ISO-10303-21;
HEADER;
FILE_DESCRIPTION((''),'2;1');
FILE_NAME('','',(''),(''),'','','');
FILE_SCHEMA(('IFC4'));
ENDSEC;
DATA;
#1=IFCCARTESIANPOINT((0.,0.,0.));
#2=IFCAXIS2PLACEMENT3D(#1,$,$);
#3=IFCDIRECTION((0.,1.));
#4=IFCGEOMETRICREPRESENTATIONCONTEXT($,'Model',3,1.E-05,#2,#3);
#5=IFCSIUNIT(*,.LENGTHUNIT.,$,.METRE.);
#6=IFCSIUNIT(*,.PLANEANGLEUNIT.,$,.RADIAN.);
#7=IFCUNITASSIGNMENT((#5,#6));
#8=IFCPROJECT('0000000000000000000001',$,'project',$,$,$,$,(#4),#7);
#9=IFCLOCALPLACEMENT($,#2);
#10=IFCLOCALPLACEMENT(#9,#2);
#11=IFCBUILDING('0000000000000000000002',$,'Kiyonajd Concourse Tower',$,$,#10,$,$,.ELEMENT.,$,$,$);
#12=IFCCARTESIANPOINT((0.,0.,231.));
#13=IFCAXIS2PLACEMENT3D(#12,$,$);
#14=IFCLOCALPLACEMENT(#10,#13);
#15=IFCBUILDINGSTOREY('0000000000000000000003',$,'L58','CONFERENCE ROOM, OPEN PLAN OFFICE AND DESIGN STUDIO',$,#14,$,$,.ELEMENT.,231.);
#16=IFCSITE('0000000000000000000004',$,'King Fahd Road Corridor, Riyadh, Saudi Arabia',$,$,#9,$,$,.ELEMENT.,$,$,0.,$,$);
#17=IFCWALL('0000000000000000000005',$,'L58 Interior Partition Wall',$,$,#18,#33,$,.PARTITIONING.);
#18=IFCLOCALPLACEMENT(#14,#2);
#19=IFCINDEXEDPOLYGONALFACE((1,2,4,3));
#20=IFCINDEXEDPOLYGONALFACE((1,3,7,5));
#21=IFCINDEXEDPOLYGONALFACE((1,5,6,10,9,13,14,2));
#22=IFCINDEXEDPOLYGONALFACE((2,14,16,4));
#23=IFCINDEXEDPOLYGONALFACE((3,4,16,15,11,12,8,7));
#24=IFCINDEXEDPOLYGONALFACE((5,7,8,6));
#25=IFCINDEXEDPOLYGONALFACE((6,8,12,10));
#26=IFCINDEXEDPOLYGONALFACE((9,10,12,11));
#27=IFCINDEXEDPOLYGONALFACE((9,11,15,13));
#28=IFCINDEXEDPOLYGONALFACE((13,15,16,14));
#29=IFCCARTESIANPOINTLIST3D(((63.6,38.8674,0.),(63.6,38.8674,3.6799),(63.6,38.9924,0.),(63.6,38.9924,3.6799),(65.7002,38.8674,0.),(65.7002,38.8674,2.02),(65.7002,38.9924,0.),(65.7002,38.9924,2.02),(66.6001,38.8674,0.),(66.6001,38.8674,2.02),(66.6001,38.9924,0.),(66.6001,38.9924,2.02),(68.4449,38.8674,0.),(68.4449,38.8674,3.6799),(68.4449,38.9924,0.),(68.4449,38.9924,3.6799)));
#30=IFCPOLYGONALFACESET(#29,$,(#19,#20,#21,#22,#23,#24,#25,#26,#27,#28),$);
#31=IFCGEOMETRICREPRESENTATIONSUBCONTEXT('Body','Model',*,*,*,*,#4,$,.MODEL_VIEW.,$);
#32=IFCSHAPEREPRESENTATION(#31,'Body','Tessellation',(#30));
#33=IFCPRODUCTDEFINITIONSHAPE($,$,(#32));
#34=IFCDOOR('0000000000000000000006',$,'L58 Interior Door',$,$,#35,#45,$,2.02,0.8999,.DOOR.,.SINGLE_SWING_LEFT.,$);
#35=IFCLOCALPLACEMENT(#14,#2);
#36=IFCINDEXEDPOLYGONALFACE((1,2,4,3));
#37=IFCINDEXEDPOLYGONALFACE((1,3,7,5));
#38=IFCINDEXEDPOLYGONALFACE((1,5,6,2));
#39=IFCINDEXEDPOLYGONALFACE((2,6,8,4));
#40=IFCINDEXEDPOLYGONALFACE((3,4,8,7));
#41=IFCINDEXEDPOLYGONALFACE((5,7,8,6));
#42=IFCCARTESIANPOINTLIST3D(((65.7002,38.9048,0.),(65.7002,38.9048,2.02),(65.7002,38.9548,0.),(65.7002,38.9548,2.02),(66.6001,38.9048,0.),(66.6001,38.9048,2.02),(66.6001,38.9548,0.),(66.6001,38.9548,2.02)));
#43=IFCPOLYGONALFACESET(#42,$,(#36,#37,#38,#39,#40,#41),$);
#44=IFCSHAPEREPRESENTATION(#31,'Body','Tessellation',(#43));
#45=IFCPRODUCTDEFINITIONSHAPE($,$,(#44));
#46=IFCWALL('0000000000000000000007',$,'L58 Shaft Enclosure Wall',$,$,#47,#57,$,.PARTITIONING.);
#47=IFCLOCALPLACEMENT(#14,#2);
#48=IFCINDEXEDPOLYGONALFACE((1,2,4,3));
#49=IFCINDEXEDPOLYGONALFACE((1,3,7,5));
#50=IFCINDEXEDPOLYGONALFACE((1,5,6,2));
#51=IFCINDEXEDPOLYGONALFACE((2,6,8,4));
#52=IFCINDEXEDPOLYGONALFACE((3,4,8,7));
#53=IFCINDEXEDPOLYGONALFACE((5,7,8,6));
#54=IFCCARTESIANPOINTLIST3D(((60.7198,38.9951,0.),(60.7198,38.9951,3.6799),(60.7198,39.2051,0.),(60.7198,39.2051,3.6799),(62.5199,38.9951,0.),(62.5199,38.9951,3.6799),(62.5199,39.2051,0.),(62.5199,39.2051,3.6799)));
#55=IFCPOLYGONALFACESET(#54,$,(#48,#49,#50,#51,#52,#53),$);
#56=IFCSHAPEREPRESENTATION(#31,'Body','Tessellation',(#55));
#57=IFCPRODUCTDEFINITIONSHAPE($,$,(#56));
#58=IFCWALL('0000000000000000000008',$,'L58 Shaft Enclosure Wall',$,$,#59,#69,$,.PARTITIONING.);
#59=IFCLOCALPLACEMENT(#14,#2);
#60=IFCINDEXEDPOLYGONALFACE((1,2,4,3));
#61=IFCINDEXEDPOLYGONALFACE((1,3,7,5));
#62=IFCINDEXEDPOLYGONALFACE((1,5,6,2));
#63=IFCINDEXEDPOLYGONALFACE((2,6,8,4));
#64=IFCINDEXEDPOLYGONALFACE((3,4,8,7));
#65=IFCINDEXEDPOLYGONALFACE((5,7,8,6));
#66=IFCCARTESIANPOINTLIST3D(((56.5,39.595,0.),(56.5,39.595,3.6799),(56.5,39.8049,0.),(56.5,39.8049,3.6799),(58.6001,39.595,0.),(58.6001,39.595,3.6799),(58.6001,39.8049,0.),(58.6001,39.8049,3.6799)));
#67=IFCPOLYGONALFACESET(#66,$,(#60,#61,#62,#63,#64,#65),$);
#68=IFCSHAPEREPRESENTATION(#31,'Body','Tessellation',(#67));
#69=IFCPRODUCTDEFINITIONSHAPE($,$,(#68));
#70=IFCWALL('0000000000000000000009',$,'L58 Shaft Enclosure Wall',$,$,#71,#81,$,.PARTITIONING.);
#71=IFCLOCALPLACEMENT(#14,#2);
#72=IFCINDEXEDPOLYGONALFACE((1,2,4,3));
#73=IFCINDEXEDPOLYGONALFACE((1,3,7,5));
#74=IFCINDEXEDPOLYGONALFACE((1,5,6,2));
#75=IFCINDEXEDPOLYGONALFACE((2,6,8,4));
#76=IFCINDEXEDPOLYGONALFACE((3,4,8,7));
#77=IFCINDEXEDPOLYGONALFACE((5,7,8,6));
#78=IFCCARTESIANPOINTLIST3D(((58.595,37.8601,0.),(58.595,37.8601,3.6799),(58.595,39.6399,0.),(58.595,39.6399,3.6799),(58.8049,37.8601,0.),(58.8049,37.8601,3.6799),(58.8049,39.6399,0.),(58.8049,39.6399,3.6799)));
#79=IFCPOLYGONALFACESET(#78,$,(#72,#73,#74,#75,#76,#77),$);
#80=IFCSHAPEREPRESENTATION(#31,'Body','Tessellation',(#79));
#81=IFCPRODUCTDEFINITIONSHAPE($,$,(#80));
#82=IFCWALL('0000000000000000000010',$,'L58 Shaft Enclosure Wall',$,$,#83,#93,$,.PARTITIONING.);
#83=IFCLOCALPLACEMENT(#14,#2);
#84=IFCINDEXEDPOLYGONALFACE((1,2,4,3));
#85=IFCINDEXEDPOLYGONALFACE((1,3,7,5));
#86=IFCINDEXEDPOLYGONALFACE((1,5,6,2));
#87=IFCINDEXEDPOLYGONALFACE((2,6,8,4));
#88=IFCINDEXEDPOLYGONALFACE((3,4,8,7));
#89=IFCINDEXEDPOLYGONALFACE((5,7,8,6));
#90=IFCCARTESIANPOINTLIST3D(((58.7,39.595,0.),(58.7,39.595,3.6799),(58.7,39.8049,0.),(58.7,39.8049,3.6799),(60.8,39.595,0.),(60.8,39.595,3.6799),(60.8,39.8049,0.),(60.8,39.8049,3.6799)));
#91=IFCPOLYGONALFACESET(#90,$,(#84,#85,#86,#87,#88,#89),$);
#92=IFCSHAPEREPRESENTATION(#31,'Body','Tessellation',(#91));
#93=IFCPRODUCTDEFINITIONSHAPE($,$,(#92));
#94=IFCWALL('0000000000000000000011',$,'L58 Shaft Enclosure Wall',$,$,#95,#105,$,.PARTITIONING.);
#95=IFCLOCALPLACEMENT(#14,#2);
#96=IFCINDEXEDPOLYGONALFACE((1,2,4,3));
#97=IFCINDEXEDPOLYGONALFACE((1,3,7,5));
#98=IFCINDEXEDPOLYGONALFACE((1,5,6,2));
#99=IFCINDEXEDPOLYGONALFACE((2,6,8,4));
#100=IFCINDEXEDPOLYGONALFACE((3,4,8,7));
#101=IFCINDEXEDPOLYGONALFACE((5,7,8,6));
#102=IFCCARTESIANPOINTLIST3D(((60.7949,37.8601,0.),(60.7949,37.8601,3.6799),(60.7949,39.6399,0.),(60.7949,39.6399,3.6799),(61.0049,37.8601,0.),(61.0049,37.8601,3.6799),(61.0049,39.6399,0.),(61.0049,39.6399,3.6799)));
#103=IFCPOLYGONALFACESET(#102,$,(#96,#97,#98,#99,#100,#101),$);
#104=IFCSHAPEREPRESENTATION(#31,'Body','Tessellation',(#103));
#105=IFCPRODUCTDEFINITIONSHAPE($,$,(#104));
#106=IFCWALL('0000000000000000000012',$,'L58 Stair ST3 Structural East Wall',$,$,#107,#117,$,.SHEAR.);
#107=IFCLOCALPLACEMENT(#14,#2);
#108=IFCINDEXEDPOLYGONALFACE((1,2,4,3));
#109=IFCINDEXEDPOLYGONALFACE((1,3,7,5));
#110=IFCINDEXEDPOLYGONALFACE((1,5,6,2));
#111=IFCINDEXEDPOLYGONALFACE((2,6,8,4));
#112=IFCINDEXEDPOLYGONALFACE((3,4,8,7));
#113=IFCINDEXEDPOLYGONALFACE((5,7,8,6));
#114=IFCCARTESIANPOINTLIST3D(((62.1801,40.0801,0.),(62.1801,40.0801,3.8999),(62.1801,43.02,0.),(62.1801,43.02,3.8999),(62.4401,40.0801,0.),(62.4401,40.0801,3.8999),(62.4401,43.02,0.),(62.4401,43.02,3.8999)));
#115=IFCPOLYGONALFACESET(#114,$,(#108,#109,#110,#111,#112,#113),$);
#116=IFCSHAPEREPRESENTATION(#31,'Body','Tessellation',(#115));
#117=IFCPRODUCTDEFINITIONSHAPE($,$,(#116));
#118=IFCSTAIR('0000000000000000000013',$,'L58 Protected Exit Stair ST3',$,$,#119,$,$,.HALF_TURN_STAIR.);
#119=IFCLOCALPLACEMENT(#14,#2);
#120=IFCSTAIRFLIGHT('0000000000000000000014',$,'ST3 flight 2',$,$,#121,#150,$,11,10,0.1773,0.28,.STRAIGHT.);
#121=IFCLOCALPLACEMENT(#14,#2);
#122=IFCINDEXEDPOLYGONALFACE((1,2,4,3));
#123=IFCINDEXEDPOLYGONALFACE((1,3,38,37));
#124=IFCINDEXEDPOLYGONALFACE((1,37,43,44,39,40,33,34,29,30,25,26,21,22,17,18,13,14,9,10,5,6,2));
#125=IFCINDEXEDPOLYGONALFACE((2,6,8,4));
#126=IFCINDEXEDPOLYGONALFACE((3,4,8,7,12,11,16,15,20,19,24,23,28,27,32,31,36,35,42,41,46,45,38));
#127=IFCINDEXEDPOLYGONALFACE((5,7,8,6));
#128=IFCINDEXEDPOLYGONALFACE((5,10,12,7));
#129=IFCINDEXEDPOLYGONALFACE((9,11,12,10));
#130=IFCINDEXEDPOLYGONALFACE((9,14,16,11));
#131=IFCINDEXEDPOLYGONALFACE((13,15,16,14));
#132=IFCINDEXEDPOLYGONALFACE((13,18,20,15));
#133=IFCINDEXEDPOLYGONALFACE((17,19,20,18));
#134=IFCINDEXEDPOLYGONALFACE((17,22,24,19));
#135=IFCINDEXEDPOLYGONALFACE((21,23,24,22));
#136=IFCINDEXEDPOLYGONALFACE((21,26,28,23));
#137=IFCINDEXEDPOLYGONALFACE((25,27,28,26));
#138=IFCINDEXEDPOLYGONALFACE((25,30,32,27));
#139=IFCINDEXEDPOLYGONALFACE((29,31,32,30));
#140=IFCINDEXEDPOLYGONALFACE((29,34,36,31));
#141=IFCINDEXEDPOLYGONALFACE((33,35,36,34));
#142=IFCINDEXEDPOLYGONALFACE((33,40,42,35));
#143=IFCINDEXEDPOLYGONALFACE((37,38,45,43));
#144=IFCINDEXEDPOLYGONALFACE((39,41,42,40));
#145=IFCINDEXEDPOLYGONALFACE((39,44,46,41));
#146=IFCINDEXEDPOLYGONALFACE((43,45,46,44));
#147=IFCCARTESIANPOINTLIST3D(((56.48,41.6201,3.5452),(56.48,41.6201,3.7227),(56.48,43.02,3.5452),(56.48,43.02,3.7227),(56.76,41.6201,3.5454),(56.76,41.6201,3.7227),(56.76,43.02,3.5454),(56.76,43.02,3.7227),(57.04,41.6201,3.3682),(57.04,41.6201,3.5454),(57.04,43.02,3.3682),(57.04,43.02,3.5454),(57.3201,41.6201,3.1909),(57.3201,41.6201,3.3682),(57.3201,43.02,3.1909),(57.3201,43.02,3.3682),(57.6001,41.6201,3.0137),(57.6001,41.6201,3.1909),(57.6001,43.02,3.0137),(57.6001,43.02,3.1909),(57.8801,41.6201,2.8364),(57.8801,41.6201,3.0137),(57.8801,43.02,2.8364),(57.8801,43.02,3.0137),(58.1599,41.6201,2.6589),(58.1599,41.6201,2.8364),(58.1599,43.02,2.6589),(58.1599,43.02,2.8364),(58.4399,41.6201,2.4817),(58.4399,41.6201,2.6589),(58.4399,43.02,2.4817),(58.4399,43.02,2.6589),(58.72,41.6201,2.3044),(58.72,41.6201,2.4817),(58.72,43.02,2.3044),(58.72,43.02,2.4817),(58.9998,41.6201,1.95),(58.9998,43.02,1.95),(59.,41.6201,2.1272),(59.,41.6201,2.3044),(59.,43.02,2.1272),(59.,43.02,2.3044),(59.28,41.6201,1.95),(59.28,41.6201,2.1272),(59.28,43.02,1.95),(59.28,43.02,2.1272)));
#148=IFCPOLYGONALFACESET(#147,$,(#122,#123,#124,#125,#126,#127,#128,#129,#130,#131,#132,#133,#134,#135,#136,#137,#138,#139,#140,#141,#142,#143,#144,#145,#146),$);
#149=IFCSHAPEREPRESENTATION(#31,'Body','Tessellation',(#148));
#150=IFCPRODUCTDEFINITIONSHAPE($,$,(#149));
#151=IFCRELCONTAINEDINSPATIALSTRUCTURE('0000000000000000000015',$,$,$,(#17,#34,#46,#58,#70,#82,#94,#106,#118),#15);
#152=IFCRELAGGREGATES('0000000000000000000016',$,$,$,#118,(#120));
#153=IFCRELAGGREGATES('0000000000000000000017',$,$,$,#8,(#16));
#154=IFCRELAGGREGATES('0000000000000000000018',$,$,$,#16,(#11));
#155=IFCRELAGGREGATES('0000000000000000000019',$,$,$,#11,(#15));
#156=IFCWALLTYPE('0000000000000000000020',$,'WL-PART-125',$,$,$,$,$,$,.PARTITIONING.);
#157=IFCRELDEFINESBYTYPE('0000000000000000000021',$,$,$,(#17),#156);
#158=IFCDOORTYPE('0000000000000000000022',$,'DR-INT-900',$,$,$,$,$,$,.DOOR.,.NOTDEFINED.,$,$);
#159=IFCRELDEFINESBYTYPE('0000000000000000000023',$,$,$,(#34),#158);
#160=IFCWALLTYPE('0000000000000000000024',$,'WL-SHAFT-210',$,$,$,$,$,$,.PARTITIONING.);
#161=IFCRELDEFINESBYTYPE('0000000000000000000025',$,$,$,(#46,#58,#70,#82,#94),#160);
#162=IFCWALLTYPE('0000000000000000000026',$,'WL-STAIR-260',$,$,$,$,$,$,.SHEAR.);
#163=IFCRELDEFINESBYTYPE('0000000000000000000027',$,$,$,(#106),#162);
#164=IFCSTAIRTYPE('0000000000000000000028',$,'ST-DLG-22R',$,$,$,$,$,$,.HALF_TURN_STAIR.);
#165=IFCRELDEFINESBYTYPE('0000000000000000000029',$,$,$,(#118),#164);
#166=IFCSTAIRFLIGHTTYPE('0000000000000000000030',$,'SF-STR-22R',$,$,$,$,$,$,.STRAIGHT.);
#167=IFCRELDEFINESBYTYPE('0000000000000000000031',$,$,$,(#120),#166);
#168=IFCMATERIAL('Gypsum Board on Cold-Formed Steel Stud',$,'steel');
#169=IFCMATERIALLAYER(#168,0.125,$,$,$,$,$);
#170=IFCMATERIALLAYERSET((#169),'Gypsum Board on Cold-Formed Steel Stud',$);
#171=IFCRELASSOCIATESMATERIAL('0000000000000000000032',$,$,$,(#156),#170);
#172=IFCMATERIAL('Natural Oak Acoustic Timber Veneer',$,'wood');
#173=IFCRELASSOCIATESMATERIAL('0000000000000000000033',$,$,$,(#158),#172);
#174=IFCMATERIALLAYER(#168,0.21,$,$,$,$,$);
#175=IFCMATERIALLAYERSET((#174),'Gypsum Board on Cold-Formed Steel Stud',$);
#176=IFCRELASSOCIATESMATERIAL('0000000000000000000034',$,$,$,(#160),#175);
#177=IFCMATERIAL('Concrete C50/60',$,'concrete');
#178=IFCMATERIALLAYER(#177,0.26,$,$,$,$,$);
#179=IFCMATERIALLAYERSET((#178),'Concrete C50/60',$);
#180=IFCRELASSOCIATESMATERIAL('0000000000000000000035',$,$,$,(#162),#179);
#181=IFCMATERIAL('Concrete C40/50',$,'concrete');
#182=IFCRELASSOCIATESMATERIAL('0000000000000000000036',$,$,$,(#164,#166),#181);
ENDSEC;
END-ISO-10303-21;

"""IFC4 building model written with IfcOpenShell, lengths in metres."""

from ifc_helpers import new_model, si_unit, direction, frame, frame_2d, origin, place, context, subcontext, project, spatial, polyline, rectangle, outline, extrude, material, layer, layer_set, type_object, element, fill, aggregate, save


model = new_model("IFC4")

# Units and contexts
model_context = context("Model", 3, precision=1e-05, world=origin(), true_north=direction((0.0, 1.0)))
body_context = subcontext(model_context, "Body", "Model", "MODEL_VIEW")
ifc_project = project(units=[si_unit("LENGTHUNIT", "METRE"), si_unit("PLANEANGLEUNIT", "RADIAN")], contexts=[model_context])

# Site, building, storey
site_placement = place(None, origin())
site = spatial("IfcSite", under=ifc_project, at=site_placement, Name="King Fahd Road Corridor, Riyadh, Saudi Arabia", CompositionType="ELEMENT", RefElevation=0.0)
building_placement = place(site_placement, origin())
building = spatial("IfcBuilding", under=site, at=building_placement, Name="Kiyonajd Concourse Tower", CompositionType="ELEMENT")
storey_placement = place(building_placement, frame((0.0, 0.0, 231.0)))
storey = spatial("IfcBuildingStorey", under=building, at=storey_placement, Name="L58", Description="CONFERENCE ROOM, OPEN PLAN OFFICE AND DESIGN STUDIO", CompositionType="ELEMENT", Elevation=231.0)

# Wall, opening, door
ifc_material_1 = material(Name="Gypsum Board on Cold-Formed Steel Stud", Category="steel")
ifc_layer_1 = layer(ifc_material_1, 0.125)
ifc_layer_set_1 = layer_set([ifc_layer_1], Name="Gypsum Board on Cold-Formed Steel Stud")
wall_type_1 = type_object("IfcWallType", Name="WL-PART-125", PredefinedType="PARTITIONING", material=ifc_layer_set_1)
wall_1_placement = place(storey_placement, frame((63.6001, 38.9299, 0.0), z_axis=(0.0, 0.0, 1.0), x_axis=(1.0, 0.0, 0.0)))
wall_1 = element("IfcWall", 1, at=wall_1_placement, inside=storey, type_object=wall_type_1, Name="L58 Interior Partition Wall", PredefinedType="PARTITIONING", context=body_context, shape_type="SweptSolid", body=[
    extrude(rectangle(XDim=4.845, YDim=0.125, at=frame_2d((2.4224, 0.0))), origin(), (0.0, 0.0, 1.0), 3.6799),
])
opening_1_placement = place(wall_1_placement, frame((2.1001, 0.0, 0.0)))
opening_1 = element("IfcOpeningElement", 2, at=opening_1_placement, cuts=wall_1, PredefinedType="OPENING", context=body_context, shape_type="SweptSolid", body=[
    extrude(rectangle(XDim=0.8999, YDim=2.02, at=frame_2d((0.45, 1.01))), frame((0.0, 0.0725, 0.0), z_axis=(0.0, -1.0, 0.0), x_axis=(1.0, 0.0, 0.0)), (0.0, 0.0, 1.0), 0.145),
])
ifc_material_2 = material(Name="Natural Oak Acoustic Timber Veneer", Category="wood")
door_type_1 = type_object("IfcDoorType", Name="DR-INT-900", OperationType="NOTDEFINED", PredefinedType="DOOR", material=ifc_material_2)
door_1_placement = place(opening_1_placement, origin())
door_1 = element("IfcDoor", 3, at=door_1_placement, inside=storey, type_object=door_type_1, Name="L58 Interior Door", OperationType="SINGLE_SWING_LEFT", OverallHeight=2.02, OverallWidth=0.8999, PredefinedType="DOOR", context=body_context, shape_type="SweptSolid", body=[
    extrude(rectangle(XDim=0.8999, YDim=2.02, at=frame_2d((0.45, 1.01))), frame((0.0, 0.0249, 0.0), z_axis=(0.0, -1.0, 0.0), x_axis=(1.0, 0.0, 0.0)), (0.0, 0.0, 1.0), 0.05),
])
fill(opening_1, door_1)

# Walls
ifc_layer_2 = layer(ifc_material_1, 0.21)
ifc_layer_set_2 = layer_set([ifc_layer_2], Name="Gypsum Board on Cold-Formed Steel Stud")
wall_type_2 = type_object("IfcWallType", Name="WL-SHAFT-210", PredefinedType="PARTITIONING", material=ifc_layer_set_2)
wall_2_placement = place(storey_placement, frame((60.72, 39.1001, 0.0), z_axis=(0.0, 0.0, 1.0), x_axis=(1.0, 0.0, 0.0)))
element("IfcWall", 4, at=wall_2_placement, inside=storey, type_object=wall_type_2, Name="L58 Shaft Enclosure Wall", PredefinedType="PARTITIONING", context=body_context, shape_type="SweptSolid", body=[
    extrude(rectangle(XDim=1.8, YDim=0.21, at=frame_2d((0.8999, 0.0))), origin(), (0.0, 0.0, 1.0), 3.6799),
])
wall_3_placement = place(storey_placement, frame((56.5, 39.7, 0.0), z_axis=(0.0, 0.0, 1.0), x_axis=(1.0, 0.0, 0.0)))
element("IfcWall", 5, at=wall_3_placement, inside=storey, type_object=wall_type_2, Name="L58 Shaft Enclosure Wall", PredefinedType="PARTITIONING", context=body_context, shape_type="SweptSolid", body=[
    extrude(rectangle(XDim=2.1001, YDim=0.21, at=frame_2d((1.05, 0.0))), origin(), (0.0, 0.0, 1.0), 3.6799),
])
wall_4_placement = place(storey_placement, frame((58.7, 37.8601, 0.0), z_axis=(0.0, 0.0, 1.0), x_axis=(0.0, 1.0, 0.0)))
element("IfcWall", 6, at=wall_4_placement, inside=storey, type_object=wall_type_2, Name="L58 Shaft Enclosure Wall", PredefinedType="PARTITIONING", context=body_context, shape_type="SweptSolid", body=[
    extrude(rectangle(XDim=1.7798, YDim=0.21, at=frame_2d((0.8899, 0.0))), origin(), (0.0, 0.0, 1.0), 3.6799),
])
wall_5_placement = place(storey_placement, frame((58.7, 39.7, 0.0), z_axis=(0.0, 0.0, 1.0), x_axis=(1.0, 0.0, 0.0)))
element("IfcWall", 7, at=wall_5_placement, inside=storey, type_object=wall_type_2, Name="L58 Shaft Enclosure Wall", PredefinedType="PARTITIONING", context=body_context, shape_type="SweptSolid", body=[
    extrude(rectangle(XDim=2.1001, YDim=0.21, at=frame_2d((1.05, 0.0))), origin(), (0.0, 0.0, 1.0), 3.6799),
])
wall_6_placement = place(storey_placement, frame((60.8999, 37.8601, 0.0), z_axis=(0.0, 0.0, 1.0), x_axis=(0.0, 1.0, 0.0)))
element("IfcWall", 8, at=wall_6_placement, inside=storey, type_object=wall_type_2, Name="L58 Shaft Enclosure Wall", PredefinedType="PARTITIONING", context=body_context, shape_type="SweptSolid", body=[
    extrude(rectangle(XDim=1.7798, YDim=0.21, at=frame_2d((0.8899, 0.0))), origin(), (0.0, 0.0, 1.0), 3.6799),
])
ifc_material_3 = material(Name="Concrete C50/60", Category="concrete")
ifc_layer_3 = layer(ifc_material_3, 0.26)
ifc_layer_set_3 = layer_set([ifc_layer_3], Name="Concrete C50/60")
wall_type_3 = type_object("IfcWallType", Name="WL-STAIR-260", PredefinedType="SHEAR", material=ifc_layer_set_3)
wall_7_placement = place(storey_placement, frame((62.3101, 40.0801, 0.0), z_axis=(0.0, 0.0, 1.0), x_axis=(0.0, 1.0, 0.0)))
element("IfcWall", 9, at=wall_7_placement, inside=storey, type_object=wall_type_3, Name="L58 Stair ST3 Structural East Wall", PredefinedType="SHEAR", context=body_context, shape_type="SweptSolid", body=[
    extrude(rectangle(XDim=2.9399, YDim=0.26, at=frame_2d((1.47, 0.0))), origin(), (0.0, 0.0, 1.0), 3.8999),
])

# Stair, stair flight
ifc_material_4 = material(Name="Concrete C40/50", Category="concrete")
stair_type = type_object("IfcStairType", Name="ST-DLG-22R", PredefinedType="HALF_TURN_STAIR", material=ifc_material_4)
stair_placement = place(storey_placement, origin())
stair = element("IfcStair", 10, at=stair_placement, inside=storey, type_object=stair_type, Name="L58 Protected Exit Stair ST3", PredefinedType="HALF_TURN_STAIR")
stair_flight_type = type_object("IfcStairFlightType", Name="SF-STR-22R", PredefinedType="STRAIGHT", material=ifc_material_4)
stair_flight_placement = place(storey_placement, frame((59.28, 42.3201, 1.95), z_axis=(0.0, 0.0, 1.0), x_axis=(-1.0, 0.0, 0.0)))
stair_flight = element("IfcStairFlight", 11, at=stair_flight_placement, type_object=stair_flight_type, Name="ST3 flight 2", NumberOfRisers=11, NumberOfTreads=10, PredefinedType="STRAIGHT", RiserHeight=0.1773, TreadLength=0.28, context=body_context, shape_type="SweptSolid", body=[
    extrude(outline(polyline([(0.0, 0.0), (0.0, 0.1772), (0.28, 0.1772), (0.28, 0.3545), (0.5601, 0.3545), (0.5601, 0.5317), (0.8401, 0.5317), (0.8401, 0.709), (1.1201, 0.709), (1.1201, 0.8865), (1.3999, 0.8865), (1.3999, 1.0637), (1.6799, 1.0637), (1.6799, 1.241), (1.96, 1.241), (1.96, 1.4182), (2.24, 1.4182), (2.24, 1.5955), (2.52, 1.5955), (2.52, 1.7727), (2.8, 1.7727), (2.8, 1.95), (2.8, 1.5952), (0.2803, 0.0), (0.0, 0.0)])), frame((0.0, 0.7, 0.0), z_axis=(0.0, -1.0, 0.0), x_axis=(1.0, 0.0, 0.0)), (0.0, 0.0, 1.0), 1.3999),
])
aggregate(stair, [stair_flight])

save(model, "model.ifc")
